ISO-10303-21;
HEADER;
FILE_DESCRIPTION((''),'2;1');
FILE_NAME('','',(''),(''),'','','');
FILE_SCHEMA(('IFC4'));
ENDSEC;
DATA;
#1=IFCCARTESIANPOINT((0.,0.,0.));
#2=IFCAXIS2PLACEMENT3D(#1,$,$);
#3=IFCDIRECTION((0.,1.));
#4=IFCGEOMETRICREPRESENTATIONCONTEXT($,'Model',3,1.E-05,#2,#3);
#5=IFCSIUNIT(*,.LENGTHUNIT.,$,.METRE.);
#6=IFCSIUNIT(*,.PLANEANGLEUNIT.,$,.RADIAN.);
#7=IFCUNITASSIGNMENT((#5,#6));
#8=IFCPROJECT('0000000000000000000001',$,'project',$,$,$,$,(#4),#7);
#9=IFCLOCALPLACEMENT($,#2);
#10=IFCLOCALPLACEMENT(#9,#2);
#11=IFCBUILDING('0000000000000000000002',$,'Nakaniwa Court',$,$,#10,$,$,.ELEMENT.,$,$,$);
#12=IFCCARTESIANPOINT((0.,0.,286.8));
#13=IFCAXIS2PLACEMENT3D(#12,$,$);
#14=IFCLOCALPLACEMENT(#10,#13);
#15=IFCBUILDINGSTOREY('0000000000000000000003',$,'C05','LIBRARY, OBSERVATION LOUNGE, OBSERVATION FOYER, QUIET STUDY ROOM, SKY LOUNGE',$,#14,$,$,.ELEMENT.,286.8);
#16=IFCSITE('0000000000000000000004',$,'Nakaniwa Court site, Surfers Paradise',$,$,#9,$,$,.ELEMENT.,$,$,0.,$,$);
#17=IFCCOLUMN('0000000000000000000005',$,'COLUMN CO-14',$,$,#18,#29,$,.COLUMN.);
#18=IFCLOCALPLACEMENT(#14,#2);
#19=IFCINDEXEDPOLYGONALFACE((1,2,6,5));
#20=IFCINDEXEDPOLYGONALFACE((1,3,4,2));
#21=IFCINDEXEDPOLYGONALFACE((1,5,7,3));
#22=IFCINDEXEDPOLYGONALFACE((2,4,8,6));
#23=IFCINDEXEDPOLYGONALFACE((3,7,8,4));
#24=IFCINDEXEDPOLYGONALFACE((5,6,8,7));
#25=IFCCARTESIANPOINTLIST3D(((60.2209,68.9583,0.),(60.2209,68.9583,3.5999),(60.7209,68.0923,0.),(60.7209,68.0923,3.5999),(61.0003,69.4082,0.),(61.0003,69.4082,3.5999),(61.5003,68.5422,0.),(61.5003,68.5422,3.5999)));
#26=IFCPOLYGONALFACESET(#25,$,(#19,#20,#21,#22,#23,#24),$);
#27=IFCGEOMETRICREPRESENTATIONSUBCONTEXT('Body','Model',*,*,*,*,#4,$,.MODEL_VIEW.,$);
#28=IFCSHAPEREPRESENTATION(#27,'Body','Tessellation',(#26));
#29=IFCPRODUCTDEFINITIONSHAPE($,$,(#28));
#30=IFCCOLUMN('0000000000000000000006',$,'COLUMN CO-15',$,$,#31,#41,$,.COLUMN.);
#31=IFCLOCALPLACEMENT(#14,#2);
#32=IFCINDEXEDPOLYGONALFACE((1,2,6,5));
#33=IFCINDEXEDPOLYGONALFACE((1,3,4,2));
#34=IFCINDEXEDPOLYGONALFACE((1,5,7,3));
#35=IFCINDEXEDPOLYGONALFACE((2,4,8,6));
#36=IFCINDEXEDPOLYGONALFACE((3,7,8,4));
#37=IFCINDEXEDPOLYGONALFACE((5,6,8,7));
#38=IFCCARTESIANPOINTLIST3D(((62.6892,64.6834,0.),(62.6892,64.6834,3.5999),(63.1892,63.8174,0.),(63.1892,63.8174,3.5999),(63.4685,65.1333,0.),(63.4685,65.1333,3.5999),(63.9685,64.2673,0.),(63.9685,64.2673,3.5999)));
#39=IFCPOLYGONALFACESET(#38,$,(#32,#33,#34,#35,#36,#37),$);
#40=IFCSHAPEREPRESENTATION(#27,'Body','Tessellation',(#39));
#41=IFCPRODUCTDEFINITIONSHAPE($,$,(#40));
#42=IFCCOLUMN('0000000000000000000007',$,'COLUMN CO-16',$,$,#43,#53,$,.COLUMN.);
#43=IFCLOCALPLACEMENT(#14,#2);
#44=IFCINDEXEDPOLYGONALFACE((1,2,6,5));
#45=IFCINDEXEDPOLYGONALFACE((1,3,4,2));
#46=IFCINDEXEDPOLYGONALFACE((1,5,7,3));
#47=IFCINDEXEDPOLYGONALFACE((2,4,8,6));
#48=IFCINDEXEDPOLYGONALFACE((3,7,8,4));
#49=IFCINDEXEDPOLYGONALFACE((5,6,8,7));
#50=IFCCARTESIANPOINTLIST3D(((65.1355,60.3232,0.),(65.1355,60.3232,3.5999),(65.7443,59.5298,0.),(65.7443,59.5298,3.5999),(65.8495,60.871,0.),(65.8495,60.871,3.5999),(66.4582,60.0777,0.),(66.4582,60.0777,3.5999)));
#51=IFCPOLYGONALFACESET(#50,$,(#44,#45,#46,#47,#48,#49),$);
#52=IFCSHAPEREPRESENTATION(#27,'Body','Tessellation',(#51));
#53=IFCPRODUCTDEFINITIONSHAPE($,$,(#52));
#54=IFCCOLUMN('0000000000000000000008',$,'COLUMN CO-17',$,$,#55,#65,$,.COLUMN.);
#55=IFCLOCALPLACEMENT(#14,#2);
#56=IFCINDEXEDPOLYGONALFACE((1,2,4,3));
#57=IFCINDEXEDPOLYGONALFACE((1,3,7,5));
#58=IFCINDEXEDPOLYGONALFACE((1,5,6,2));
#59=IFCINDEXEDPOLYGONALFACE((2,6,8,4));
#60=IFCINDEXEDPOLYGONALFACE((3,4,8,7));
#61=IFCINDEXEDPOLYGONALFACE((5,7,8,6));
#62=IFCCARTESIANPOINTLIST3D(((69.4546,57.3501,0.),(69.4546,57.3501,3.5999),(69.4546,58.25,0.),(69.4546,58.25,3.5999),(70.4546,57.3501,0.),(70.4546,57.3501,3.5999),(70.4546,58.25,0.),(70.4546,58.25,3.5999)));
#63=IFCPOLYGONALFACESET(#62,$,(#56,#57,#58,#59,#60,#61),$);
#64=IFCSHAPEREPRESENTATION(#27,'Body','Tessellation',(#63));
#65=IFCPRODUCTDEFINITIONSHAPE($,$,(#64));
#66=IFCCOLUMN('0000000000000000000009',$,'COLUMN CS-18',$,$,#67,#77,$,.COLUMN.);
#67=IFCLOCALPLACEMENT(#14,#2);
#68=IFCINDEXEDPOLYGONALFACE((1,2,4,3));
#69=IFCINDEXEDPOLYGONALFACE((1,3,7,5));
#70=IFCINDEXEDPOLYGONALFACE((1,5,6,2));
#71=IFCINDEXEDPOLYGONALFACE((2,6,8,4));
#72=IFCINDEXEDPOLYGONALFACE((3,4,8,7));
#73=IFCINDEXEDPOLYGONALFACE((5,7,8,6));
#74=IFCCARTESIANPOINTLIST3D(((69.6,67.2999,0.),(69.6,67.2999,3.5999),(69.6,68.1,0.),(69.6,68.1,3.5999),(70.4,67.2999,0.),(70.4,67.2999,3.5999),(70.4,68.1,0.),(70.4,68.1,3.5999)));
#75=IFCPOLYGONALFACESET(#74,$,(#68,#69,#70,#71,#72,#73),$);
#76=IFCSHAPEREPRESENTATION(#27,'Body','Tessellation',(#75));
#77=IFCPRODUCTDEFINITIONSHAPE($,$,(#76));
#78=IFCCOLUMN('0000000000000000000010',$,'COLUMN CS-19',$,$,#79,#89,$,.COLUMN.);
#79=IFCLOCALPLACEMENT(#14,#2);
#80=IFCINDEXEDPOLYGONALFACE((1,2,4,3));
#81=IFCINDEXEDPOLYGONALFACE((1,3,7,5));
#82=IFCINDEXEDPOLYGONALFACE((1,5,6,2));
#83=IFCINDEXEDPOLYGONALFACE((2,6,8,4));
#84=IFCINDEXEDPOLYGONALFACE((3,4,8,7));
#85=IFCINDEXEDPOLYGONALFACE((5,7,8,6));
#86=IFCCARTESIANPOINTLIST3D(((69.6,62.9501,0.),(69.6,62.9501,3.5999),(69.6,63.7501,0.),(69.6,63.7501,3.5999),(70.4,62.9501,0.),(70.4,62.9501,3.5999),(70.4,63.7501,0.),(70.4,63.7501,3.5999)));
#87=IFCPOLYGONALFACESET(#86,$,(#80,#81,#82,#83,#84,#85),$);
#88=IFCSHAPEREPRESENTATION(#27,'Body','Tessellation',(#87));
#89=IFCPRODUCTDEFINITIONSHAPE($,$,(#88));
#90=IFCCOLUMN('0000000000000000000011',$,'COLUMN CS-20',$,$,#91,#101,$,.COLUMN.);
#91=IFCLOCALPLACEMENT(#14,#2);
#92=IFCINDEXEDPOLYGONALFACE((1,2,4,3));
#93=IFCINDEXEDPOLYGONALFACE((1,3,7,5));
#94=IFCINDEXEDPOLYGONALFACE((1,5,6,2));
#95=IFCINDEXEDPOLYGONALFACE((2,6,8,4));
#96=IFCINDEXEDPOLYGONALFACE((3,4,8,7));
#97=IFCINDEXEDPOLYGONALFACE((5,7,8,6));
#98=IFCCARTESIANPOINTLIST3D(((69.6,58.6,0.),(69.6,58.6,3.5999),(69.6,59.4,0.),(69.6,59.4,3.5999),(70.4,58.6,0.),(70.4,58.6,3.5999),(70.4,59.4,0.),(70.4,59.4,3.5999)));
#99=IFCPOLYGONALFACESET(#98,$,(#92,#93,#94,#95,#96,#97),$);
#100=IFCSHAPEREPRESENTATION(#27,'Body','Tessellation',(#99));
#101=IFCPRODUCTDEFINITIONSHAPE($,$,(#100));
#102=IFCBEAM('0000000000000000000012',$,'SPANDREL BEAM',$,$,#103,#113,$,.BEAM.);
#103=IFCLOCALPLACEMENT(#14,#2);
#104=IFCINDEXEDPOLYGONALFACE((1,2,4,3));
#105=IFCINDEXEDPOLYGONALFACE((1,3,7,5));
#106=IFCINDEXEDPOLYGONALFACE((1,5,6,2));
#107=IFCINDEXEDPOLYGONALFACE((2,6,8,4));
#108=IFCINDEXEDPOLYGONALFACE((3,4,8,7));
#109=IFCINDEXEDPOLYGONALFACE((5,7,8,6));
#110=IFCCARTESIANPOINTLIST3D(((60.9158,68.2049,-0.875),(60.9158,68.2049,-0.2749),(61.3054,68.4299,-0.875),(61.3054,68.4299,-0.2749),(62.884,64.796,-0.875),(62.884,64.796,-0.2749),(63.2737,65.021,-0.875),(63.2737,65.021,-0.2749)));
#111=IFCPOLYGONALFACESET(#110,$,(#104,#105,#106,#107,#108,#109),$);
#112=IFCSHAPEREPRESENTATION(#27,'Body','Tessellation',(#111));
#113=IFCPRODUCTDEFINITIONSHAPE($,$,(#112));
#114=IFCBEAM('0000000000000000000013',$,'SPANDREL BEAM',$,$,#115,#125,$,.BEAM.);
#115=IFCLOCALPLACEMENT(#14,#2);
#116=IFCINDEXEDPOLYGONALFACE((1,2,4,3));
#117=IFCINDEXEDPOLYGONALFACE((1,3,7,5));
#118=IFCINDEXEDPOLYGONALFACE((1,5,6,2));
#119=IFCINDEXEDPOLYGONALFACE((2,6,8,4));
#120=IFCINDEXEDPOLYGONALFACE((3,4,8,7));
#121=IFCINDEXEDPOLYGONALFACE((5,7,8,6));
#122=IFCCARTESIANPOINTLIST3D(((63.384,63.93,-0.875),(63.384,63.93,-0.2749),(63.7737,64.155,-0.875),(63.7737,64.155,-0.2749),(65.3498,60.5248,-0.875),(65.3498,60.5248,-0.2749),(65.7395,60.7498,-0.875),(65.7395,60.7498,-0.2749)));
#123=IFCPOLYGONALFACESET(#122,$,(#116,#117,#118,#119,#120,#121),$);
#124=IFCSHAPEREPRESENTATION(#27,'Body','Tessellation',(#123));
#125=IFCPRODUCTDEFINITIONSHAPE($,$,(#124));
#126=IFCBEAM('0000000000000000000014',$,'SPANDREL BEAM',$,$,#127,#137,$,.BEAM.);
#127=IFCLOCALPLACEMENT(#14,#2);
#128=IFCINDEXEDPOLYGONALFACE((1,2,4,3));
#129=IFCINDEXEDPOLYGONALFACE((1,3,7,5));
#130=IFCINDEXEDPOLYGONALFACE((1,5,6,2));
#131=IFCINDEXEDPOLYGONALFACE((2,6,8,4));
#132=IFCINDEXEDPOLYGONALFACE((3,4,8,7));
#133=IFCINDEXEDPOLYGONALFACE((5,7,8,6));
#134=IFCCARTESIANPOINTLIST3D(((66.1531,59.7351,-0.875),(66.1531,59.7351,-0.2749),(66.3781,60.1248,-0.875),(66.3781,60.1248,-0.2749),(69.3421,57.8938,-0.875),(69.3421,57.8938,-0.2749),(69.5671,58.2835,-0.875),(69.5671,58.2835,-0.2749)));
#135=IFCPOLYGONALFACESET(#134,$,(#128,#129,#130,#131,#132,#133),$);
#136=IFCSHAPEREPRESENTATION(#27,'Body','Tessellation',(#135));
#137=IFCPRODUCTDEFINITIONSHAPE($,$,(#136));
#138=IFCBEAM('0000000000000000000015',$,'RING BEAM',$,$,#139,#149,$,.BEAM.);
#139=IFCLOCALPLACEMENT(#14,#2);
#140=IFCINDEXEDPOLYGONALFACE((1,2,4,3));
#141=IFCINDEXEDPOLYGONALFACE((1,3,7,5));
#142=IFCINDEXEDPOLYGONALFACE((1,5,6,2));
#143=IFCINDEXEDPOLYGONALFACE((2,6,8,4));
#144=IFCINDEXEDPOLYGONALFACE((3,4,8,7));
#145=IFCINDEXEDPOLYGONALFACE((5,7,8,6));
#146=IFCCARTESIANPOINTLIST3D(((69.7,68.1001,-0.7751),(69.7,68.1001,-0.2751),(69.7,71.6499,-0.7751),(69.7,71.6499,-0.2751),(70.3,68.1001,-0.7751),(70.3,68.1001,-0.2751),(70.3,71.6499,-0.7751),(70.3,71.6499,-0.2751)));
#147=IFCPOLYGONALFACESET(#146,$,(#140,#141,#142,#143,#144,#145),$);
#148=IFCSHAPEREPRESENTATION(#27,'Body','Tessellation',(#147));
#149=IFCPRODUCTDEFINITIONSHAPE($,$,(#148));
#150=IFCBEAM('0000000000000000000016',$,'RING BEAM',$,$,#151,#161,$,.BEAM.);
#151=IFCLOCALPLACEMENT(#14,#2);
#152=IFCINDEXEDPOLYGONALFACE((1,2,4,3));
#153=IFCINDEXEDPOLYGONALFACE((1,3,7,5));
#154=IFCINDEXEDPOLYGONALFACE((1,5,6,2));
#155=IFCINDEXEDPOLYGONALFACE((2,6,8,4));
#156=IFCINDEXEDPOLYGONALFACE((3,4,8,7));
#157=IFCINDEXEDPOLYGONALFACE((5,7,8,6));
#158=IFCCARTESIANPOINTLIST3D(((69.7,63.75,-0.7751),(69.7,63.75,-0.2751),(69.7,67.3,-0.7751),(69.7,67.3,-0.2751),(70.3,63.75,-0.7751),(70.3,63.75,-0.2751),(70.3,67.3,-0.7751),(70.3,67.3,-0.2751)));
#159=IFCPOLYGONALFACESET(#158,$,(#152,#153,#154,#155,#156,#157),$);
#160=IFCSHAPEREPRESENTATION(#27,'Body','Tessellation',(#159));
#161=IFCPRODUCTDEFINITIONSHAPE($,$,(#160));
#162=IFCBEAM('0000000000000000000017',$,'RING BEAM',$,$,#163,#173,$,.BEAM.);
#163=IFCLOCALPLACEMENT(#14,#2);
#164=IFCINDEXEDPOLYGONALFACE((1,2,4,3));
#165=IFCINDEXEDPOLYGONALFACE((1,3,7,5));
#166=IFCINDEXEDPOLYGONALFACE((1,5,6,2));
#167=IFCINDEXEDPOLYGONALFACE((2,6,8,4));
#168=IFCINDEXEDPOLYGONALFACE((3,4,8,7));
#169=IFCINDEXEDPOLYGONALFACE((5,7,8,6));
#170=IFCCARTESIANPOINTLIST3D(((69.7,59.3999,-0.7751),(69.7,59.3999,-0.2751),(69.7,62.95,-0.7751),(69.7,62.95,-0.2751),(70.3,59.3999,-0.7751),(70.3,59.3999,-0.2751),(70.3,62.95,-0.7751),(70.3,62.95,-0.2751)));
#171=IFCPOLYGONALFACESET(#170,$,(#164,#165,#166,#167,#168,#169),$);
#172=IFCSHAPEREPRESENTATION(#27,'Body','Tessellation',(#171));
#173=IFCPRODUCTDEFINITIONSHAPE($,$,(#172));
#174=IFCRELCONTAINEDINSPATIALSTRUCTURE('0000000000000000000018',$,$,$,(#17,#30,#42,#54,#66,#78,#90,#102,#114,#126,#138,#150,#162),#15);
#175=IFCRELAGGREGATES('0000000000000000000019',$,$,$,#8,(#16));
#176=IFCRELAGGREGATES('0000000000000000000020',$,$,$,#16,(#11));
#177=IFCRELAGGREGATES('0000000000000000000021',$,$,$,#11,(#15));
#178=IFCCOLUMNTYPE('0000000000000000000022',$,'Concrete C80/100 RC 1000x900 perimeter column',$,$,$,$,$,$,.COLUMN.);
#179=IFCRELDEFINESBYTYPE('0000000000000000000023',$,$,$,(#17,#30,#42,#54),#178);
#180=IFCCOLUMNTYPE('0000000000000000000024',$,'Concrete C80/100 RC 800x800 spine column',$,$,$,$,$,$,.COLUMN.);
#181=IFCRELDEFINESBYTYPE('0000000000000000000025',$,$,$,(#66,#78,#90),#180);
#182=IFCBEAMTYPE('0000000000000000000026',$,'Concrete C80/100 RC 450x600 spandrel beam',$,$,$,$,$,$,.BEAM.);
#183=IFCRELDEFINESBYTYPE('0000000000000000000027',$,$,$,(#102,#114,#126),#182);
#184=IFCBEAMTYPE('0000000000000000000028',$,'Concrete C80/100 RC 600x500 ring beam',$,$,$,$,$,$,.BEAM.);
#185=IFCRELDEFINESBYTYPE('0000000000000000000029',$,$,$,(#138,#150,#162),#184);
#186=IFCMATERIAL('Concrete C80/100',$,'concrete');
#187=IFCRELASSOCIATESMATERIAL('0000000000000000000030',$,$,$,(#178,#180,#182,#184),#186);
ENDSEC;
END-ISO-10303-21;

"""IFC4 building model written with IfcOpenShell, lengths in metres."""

from ifc_helpers import new_model, si_unit, direction, frame, origin, origin_2d, place, context, subcontext, project, spatial, rectangle, extrude, material, material_profile, profile_set, type_object, element, save


model = new_model("IFC4")

# Units and contexts
model_context = context("Model", 3, precision=1e-05, world=origin(), true_north=direction((0.0, 1.0)))
body_context = subcontext(model_context, "Body", "Model", "MODEL_VIEW")
ifc_project = project(units=[si_unit("LENGTHUNIT", "METRE"), si_unit("PLANEANGLEUNIT", "RADIAN")], contexts=[model_context])

# Site, building, storey
site_placement = place(None, origin())
site = spatial("IfcSite", under=ifc_project, at=site_placement, Name="Nakaniwa Court site, Surfers Paradise", CompositionType="ELEMENT", RefElevation=0.0)
building_placement = place(site_placement, origin())
building = spatial("IfcBuilding", under=site, at=building_placement, Name="Nakaniwa Court", CompositionType="ELEMENT")
storey_placement = place(building_placement, frame((0.0, 0.0, 286.8)))
storey = spatial("IfcBuildingStorey", under=building, at=storey_placement, Name="C05", Description="LIBRARY, OBSERVATION LOUNGE, OBSERVATION FOYER, QUIET STUDY ROOM, SKY LOUNGE", CompositionType="ELEMENT", Elevation=286.8)

# Columns
ifc_material_1 = material(Name="Concrete C80/100", Category="concrete")
ifc_material_profile_1 = material_profile(ifc_material_1, rectangle(XDim=1.0, YDim=0.8999, at=origin_2d()), Name="Concrete C80/100 RC 1000x900 perimeter column")
ifc_profile_set_1 = profile_set([ifc_material_profile_1], Name="Concrete C80/100")
column_type_1 = type_object("IfcColumnType", Name="Concrete C80/100 RC 1000x900 perimeter column", PredefinedType="COLUMN", material=ifc_profile_set_1)
for number, where, z_axis, x_axis, name in (
    (1, (60.8606, 68.7502, 0.0), (0.0, 0.0, 1.0), (0.5, -0.866025, 0.0), "COLUMN CO-14"),
    (2, (63.3289, 64.4753, 0.0), (0.0, 0.0, 1.0), (0.5, -0.866025, 0.0), "COLUMN CO-15"),
    (3, (65.7969, 60.2004, 0.0), (0.0, 0.0, 1.0), (0.608761, -0.793353, 0.0), "COLUMN CO-16"),
    (4, (69.9546, 57.8, 0.0), (0.0, 0.0, 1.0), (1.0, 0.0, 0.0), "COLUMN CO-17"),
):
    element("IfcColumn", number, at=place(storey_placement, frame(where, z_axis=z_axis, x_axis=x_axis)), inside=storey, type_object=column_type_1, Name=name, PredefinedType="COLUMN", context=body_context, shape_type="SweptSolid", body=[
        extrude(rectangle(XDim=1.0, YDim=0.8999, at=origin_2d()), origin(), (0.0, 0.0, 1.0), 3.5999),
    ])
ifc_material_profile_2 = material_profile(ifc_material_1, rectangle(XDim=0.8, YDim=0.8, at=origin_2d()), Name="Concrete C80/100 RC 800x800 spine column")
ifc_profile_set_2 = profile_set([ifc_material_profile_2], Name="Concrete C80/100")
column_type_2 = type_object("IfcColumnType", Name="Concrete C80/100 RC 800x800 spine column", PredefinedType="COLUMN", material=ifc_profile_set_2)
for number, where, z_axis, x_axis, name in (
    (5, (70.0, 67.7, 0.0), (0.0, 0.0, 1.0), (0.0, -1.0, 0.0), "COLUMN CS-18"),
    (6, (70.0, 63.3501, 0.0), (0.0, 0.0, 1.0), (0.0, -1.0, 0.0), "COLUMN CS-19"),
    (7, (70.0, 59.0, 0.0), (0.0, 0.0, 1.0), (0.0, -1.0, 0.0), "COLUMN CS-20"),
):
    element("IfcColumn", number, at=place(storey_placement, frame(where, z_axis=z_axis, x_axis=x_axis)), inside=storey, type_object=column_type_2, Name=name, PredefinedType="COLUMN", context=body_context, shape_type="SweptSolid", body=[
        extrude(rectangle(XDim=0.8, YDim=0.8, at=origin_2d()), origin(), (0.0, 0.0, 1.0), 3.5999),
    ])

# Beams
ifc_material_profile_3 = material_profile(ifc_material_1, rectangle(XDim=0.45, YDim=0.6001, at=origin_2d()), Name="Concrete C80/100 RC 450x600 spandrel beam")
ifc_profile_set_3 = profile_set([ifc_material_profile_3], Name="Concrete C80/100")
beam_type_1 = type_object("IfcBeamType", Name="Concrete C80/100 RC 450x600 spandrel beam", PredefinedType="BEAM", material=ifc_profile_set_3)
beam_1_placement = place(storey_placement, frame((61.1106, 68.3174, -0.575), z_axis=(0.500021, -0.866013, 0.0), x_axis=(0.866013, 0.500021, 0.0)))
element("IfcBeam", 8, at=beam_1_placement, inside=storey, type_object=beam_type_1, Name="SPANDREL BEAM", PredefinedType="BEAM", context=body_context, shape_type="SweptSolid", body=[
    extrude(rectangle(XDim=0.45, YDim=0.6001, at=origin_2d()), origin(), (0.0, 0.0, 1.0), 3.9363),
])
beam_2_placement = place(storey_placement, frame((63.5789, 64.0425, -0.575), z_axis=(0.499959, -0.866049, 0.0), x_axis=(0.866049, 0.499959, 0.0)))
element("IfcBeam", 9, at=beam_2_placement, inside=storey, type_object=beam_type_1, Name="SPANDREL BEAM", PredefinedType="BEAM", context=body_context, shape_type="SweptSolid", body=[
    extrude(rectangle(XDim=0.45, YDim=0.6001, at=origin_2d()), origin(), (0.0, 0.0, 1.0), 3.9319),
])
beam_3_placement = place(storey_placement, frame((66.2656, 59.9299, -0.575), z_axis=(0.866007, -0.500032, 0.0), x_axis=(0.500032, 0.866007, 0.0)))
element("IfcBeam", 10, at=beam_3_placement, inside=storey, type_object=beam_type_1, Name="SPANDREL BEAM", PredefinedType="BEAM", context=body_context, shape_type="SweptSolid", body=[
    extrude(rectangle(XDim=0.45, YDim=0.6001, at=origin_2d()), origin(), (0.0, 0.0, 1.0), 3.6824),
])
ifc_material_profile_4 = material_profile(ifc_material_1, rectangle(XDim=0.6001, YDim=0.5, at=origin_2d()), Name="Concrete C80/100 RC 600x500 ring beam")
ifc_profile_set_4 = profile_set([ifc_material_profile_4], Name="Concrete C80/100")
beam_type_2 = type_object("IfcBeamType", Name="Concrete C80/100 RC 600x500 ring beam", PredefinedType="BEAM", material=ifc_profile_set_4)
beam_4_placement = place(storey_placement, frame((70.0, 71.6499, -0.5251), z_axis=(0.0, -1.0, 0.0), x_axis=(1.0, 0.0, 0.0)))
element("IfcBeam", 11, at=beam_4_placement, inside=storey, type_object=beam_type_2, Name="RING BEAM", PredefinedType="BEAM", context=body_context, shape_type="SweptSolid", body=[
    extrude(rectangle(XDim=0.6001, YDim=0.5, at=origin_2d()), origin(), (0.0, 0.0, 1.0), 3.5498),
])
for number, where, z_axis, x_axis, name in (
    (12, (70.0, 67.3, -0.5251), (0.0, -1.0, 0.0), (1.0, 0.0, 0.0), "RING BEAM"),
    (13, (70.0, 62.95, -0.5251), (0.0, -1.0, 0.0), (1.0, 0.0, 0.0), "RING BEAM"),
):
    element("IfcBeam", number, at=place(storey_placement, frame(where, z_axis=z_axis, x_axis=x_axis)), inside=storey, type_object=beam_type_2, Name=name, PredefinedType="BEAM", context=body_context, shape_type="SweptSolid", body=[
        extrude(rectangle(XDim=0.6001, YDim=0.5, at=origin_2d()), origin(), (0.0, 0.0, 1.0), 3.55),
    ])

save(model, "model.ifc")
